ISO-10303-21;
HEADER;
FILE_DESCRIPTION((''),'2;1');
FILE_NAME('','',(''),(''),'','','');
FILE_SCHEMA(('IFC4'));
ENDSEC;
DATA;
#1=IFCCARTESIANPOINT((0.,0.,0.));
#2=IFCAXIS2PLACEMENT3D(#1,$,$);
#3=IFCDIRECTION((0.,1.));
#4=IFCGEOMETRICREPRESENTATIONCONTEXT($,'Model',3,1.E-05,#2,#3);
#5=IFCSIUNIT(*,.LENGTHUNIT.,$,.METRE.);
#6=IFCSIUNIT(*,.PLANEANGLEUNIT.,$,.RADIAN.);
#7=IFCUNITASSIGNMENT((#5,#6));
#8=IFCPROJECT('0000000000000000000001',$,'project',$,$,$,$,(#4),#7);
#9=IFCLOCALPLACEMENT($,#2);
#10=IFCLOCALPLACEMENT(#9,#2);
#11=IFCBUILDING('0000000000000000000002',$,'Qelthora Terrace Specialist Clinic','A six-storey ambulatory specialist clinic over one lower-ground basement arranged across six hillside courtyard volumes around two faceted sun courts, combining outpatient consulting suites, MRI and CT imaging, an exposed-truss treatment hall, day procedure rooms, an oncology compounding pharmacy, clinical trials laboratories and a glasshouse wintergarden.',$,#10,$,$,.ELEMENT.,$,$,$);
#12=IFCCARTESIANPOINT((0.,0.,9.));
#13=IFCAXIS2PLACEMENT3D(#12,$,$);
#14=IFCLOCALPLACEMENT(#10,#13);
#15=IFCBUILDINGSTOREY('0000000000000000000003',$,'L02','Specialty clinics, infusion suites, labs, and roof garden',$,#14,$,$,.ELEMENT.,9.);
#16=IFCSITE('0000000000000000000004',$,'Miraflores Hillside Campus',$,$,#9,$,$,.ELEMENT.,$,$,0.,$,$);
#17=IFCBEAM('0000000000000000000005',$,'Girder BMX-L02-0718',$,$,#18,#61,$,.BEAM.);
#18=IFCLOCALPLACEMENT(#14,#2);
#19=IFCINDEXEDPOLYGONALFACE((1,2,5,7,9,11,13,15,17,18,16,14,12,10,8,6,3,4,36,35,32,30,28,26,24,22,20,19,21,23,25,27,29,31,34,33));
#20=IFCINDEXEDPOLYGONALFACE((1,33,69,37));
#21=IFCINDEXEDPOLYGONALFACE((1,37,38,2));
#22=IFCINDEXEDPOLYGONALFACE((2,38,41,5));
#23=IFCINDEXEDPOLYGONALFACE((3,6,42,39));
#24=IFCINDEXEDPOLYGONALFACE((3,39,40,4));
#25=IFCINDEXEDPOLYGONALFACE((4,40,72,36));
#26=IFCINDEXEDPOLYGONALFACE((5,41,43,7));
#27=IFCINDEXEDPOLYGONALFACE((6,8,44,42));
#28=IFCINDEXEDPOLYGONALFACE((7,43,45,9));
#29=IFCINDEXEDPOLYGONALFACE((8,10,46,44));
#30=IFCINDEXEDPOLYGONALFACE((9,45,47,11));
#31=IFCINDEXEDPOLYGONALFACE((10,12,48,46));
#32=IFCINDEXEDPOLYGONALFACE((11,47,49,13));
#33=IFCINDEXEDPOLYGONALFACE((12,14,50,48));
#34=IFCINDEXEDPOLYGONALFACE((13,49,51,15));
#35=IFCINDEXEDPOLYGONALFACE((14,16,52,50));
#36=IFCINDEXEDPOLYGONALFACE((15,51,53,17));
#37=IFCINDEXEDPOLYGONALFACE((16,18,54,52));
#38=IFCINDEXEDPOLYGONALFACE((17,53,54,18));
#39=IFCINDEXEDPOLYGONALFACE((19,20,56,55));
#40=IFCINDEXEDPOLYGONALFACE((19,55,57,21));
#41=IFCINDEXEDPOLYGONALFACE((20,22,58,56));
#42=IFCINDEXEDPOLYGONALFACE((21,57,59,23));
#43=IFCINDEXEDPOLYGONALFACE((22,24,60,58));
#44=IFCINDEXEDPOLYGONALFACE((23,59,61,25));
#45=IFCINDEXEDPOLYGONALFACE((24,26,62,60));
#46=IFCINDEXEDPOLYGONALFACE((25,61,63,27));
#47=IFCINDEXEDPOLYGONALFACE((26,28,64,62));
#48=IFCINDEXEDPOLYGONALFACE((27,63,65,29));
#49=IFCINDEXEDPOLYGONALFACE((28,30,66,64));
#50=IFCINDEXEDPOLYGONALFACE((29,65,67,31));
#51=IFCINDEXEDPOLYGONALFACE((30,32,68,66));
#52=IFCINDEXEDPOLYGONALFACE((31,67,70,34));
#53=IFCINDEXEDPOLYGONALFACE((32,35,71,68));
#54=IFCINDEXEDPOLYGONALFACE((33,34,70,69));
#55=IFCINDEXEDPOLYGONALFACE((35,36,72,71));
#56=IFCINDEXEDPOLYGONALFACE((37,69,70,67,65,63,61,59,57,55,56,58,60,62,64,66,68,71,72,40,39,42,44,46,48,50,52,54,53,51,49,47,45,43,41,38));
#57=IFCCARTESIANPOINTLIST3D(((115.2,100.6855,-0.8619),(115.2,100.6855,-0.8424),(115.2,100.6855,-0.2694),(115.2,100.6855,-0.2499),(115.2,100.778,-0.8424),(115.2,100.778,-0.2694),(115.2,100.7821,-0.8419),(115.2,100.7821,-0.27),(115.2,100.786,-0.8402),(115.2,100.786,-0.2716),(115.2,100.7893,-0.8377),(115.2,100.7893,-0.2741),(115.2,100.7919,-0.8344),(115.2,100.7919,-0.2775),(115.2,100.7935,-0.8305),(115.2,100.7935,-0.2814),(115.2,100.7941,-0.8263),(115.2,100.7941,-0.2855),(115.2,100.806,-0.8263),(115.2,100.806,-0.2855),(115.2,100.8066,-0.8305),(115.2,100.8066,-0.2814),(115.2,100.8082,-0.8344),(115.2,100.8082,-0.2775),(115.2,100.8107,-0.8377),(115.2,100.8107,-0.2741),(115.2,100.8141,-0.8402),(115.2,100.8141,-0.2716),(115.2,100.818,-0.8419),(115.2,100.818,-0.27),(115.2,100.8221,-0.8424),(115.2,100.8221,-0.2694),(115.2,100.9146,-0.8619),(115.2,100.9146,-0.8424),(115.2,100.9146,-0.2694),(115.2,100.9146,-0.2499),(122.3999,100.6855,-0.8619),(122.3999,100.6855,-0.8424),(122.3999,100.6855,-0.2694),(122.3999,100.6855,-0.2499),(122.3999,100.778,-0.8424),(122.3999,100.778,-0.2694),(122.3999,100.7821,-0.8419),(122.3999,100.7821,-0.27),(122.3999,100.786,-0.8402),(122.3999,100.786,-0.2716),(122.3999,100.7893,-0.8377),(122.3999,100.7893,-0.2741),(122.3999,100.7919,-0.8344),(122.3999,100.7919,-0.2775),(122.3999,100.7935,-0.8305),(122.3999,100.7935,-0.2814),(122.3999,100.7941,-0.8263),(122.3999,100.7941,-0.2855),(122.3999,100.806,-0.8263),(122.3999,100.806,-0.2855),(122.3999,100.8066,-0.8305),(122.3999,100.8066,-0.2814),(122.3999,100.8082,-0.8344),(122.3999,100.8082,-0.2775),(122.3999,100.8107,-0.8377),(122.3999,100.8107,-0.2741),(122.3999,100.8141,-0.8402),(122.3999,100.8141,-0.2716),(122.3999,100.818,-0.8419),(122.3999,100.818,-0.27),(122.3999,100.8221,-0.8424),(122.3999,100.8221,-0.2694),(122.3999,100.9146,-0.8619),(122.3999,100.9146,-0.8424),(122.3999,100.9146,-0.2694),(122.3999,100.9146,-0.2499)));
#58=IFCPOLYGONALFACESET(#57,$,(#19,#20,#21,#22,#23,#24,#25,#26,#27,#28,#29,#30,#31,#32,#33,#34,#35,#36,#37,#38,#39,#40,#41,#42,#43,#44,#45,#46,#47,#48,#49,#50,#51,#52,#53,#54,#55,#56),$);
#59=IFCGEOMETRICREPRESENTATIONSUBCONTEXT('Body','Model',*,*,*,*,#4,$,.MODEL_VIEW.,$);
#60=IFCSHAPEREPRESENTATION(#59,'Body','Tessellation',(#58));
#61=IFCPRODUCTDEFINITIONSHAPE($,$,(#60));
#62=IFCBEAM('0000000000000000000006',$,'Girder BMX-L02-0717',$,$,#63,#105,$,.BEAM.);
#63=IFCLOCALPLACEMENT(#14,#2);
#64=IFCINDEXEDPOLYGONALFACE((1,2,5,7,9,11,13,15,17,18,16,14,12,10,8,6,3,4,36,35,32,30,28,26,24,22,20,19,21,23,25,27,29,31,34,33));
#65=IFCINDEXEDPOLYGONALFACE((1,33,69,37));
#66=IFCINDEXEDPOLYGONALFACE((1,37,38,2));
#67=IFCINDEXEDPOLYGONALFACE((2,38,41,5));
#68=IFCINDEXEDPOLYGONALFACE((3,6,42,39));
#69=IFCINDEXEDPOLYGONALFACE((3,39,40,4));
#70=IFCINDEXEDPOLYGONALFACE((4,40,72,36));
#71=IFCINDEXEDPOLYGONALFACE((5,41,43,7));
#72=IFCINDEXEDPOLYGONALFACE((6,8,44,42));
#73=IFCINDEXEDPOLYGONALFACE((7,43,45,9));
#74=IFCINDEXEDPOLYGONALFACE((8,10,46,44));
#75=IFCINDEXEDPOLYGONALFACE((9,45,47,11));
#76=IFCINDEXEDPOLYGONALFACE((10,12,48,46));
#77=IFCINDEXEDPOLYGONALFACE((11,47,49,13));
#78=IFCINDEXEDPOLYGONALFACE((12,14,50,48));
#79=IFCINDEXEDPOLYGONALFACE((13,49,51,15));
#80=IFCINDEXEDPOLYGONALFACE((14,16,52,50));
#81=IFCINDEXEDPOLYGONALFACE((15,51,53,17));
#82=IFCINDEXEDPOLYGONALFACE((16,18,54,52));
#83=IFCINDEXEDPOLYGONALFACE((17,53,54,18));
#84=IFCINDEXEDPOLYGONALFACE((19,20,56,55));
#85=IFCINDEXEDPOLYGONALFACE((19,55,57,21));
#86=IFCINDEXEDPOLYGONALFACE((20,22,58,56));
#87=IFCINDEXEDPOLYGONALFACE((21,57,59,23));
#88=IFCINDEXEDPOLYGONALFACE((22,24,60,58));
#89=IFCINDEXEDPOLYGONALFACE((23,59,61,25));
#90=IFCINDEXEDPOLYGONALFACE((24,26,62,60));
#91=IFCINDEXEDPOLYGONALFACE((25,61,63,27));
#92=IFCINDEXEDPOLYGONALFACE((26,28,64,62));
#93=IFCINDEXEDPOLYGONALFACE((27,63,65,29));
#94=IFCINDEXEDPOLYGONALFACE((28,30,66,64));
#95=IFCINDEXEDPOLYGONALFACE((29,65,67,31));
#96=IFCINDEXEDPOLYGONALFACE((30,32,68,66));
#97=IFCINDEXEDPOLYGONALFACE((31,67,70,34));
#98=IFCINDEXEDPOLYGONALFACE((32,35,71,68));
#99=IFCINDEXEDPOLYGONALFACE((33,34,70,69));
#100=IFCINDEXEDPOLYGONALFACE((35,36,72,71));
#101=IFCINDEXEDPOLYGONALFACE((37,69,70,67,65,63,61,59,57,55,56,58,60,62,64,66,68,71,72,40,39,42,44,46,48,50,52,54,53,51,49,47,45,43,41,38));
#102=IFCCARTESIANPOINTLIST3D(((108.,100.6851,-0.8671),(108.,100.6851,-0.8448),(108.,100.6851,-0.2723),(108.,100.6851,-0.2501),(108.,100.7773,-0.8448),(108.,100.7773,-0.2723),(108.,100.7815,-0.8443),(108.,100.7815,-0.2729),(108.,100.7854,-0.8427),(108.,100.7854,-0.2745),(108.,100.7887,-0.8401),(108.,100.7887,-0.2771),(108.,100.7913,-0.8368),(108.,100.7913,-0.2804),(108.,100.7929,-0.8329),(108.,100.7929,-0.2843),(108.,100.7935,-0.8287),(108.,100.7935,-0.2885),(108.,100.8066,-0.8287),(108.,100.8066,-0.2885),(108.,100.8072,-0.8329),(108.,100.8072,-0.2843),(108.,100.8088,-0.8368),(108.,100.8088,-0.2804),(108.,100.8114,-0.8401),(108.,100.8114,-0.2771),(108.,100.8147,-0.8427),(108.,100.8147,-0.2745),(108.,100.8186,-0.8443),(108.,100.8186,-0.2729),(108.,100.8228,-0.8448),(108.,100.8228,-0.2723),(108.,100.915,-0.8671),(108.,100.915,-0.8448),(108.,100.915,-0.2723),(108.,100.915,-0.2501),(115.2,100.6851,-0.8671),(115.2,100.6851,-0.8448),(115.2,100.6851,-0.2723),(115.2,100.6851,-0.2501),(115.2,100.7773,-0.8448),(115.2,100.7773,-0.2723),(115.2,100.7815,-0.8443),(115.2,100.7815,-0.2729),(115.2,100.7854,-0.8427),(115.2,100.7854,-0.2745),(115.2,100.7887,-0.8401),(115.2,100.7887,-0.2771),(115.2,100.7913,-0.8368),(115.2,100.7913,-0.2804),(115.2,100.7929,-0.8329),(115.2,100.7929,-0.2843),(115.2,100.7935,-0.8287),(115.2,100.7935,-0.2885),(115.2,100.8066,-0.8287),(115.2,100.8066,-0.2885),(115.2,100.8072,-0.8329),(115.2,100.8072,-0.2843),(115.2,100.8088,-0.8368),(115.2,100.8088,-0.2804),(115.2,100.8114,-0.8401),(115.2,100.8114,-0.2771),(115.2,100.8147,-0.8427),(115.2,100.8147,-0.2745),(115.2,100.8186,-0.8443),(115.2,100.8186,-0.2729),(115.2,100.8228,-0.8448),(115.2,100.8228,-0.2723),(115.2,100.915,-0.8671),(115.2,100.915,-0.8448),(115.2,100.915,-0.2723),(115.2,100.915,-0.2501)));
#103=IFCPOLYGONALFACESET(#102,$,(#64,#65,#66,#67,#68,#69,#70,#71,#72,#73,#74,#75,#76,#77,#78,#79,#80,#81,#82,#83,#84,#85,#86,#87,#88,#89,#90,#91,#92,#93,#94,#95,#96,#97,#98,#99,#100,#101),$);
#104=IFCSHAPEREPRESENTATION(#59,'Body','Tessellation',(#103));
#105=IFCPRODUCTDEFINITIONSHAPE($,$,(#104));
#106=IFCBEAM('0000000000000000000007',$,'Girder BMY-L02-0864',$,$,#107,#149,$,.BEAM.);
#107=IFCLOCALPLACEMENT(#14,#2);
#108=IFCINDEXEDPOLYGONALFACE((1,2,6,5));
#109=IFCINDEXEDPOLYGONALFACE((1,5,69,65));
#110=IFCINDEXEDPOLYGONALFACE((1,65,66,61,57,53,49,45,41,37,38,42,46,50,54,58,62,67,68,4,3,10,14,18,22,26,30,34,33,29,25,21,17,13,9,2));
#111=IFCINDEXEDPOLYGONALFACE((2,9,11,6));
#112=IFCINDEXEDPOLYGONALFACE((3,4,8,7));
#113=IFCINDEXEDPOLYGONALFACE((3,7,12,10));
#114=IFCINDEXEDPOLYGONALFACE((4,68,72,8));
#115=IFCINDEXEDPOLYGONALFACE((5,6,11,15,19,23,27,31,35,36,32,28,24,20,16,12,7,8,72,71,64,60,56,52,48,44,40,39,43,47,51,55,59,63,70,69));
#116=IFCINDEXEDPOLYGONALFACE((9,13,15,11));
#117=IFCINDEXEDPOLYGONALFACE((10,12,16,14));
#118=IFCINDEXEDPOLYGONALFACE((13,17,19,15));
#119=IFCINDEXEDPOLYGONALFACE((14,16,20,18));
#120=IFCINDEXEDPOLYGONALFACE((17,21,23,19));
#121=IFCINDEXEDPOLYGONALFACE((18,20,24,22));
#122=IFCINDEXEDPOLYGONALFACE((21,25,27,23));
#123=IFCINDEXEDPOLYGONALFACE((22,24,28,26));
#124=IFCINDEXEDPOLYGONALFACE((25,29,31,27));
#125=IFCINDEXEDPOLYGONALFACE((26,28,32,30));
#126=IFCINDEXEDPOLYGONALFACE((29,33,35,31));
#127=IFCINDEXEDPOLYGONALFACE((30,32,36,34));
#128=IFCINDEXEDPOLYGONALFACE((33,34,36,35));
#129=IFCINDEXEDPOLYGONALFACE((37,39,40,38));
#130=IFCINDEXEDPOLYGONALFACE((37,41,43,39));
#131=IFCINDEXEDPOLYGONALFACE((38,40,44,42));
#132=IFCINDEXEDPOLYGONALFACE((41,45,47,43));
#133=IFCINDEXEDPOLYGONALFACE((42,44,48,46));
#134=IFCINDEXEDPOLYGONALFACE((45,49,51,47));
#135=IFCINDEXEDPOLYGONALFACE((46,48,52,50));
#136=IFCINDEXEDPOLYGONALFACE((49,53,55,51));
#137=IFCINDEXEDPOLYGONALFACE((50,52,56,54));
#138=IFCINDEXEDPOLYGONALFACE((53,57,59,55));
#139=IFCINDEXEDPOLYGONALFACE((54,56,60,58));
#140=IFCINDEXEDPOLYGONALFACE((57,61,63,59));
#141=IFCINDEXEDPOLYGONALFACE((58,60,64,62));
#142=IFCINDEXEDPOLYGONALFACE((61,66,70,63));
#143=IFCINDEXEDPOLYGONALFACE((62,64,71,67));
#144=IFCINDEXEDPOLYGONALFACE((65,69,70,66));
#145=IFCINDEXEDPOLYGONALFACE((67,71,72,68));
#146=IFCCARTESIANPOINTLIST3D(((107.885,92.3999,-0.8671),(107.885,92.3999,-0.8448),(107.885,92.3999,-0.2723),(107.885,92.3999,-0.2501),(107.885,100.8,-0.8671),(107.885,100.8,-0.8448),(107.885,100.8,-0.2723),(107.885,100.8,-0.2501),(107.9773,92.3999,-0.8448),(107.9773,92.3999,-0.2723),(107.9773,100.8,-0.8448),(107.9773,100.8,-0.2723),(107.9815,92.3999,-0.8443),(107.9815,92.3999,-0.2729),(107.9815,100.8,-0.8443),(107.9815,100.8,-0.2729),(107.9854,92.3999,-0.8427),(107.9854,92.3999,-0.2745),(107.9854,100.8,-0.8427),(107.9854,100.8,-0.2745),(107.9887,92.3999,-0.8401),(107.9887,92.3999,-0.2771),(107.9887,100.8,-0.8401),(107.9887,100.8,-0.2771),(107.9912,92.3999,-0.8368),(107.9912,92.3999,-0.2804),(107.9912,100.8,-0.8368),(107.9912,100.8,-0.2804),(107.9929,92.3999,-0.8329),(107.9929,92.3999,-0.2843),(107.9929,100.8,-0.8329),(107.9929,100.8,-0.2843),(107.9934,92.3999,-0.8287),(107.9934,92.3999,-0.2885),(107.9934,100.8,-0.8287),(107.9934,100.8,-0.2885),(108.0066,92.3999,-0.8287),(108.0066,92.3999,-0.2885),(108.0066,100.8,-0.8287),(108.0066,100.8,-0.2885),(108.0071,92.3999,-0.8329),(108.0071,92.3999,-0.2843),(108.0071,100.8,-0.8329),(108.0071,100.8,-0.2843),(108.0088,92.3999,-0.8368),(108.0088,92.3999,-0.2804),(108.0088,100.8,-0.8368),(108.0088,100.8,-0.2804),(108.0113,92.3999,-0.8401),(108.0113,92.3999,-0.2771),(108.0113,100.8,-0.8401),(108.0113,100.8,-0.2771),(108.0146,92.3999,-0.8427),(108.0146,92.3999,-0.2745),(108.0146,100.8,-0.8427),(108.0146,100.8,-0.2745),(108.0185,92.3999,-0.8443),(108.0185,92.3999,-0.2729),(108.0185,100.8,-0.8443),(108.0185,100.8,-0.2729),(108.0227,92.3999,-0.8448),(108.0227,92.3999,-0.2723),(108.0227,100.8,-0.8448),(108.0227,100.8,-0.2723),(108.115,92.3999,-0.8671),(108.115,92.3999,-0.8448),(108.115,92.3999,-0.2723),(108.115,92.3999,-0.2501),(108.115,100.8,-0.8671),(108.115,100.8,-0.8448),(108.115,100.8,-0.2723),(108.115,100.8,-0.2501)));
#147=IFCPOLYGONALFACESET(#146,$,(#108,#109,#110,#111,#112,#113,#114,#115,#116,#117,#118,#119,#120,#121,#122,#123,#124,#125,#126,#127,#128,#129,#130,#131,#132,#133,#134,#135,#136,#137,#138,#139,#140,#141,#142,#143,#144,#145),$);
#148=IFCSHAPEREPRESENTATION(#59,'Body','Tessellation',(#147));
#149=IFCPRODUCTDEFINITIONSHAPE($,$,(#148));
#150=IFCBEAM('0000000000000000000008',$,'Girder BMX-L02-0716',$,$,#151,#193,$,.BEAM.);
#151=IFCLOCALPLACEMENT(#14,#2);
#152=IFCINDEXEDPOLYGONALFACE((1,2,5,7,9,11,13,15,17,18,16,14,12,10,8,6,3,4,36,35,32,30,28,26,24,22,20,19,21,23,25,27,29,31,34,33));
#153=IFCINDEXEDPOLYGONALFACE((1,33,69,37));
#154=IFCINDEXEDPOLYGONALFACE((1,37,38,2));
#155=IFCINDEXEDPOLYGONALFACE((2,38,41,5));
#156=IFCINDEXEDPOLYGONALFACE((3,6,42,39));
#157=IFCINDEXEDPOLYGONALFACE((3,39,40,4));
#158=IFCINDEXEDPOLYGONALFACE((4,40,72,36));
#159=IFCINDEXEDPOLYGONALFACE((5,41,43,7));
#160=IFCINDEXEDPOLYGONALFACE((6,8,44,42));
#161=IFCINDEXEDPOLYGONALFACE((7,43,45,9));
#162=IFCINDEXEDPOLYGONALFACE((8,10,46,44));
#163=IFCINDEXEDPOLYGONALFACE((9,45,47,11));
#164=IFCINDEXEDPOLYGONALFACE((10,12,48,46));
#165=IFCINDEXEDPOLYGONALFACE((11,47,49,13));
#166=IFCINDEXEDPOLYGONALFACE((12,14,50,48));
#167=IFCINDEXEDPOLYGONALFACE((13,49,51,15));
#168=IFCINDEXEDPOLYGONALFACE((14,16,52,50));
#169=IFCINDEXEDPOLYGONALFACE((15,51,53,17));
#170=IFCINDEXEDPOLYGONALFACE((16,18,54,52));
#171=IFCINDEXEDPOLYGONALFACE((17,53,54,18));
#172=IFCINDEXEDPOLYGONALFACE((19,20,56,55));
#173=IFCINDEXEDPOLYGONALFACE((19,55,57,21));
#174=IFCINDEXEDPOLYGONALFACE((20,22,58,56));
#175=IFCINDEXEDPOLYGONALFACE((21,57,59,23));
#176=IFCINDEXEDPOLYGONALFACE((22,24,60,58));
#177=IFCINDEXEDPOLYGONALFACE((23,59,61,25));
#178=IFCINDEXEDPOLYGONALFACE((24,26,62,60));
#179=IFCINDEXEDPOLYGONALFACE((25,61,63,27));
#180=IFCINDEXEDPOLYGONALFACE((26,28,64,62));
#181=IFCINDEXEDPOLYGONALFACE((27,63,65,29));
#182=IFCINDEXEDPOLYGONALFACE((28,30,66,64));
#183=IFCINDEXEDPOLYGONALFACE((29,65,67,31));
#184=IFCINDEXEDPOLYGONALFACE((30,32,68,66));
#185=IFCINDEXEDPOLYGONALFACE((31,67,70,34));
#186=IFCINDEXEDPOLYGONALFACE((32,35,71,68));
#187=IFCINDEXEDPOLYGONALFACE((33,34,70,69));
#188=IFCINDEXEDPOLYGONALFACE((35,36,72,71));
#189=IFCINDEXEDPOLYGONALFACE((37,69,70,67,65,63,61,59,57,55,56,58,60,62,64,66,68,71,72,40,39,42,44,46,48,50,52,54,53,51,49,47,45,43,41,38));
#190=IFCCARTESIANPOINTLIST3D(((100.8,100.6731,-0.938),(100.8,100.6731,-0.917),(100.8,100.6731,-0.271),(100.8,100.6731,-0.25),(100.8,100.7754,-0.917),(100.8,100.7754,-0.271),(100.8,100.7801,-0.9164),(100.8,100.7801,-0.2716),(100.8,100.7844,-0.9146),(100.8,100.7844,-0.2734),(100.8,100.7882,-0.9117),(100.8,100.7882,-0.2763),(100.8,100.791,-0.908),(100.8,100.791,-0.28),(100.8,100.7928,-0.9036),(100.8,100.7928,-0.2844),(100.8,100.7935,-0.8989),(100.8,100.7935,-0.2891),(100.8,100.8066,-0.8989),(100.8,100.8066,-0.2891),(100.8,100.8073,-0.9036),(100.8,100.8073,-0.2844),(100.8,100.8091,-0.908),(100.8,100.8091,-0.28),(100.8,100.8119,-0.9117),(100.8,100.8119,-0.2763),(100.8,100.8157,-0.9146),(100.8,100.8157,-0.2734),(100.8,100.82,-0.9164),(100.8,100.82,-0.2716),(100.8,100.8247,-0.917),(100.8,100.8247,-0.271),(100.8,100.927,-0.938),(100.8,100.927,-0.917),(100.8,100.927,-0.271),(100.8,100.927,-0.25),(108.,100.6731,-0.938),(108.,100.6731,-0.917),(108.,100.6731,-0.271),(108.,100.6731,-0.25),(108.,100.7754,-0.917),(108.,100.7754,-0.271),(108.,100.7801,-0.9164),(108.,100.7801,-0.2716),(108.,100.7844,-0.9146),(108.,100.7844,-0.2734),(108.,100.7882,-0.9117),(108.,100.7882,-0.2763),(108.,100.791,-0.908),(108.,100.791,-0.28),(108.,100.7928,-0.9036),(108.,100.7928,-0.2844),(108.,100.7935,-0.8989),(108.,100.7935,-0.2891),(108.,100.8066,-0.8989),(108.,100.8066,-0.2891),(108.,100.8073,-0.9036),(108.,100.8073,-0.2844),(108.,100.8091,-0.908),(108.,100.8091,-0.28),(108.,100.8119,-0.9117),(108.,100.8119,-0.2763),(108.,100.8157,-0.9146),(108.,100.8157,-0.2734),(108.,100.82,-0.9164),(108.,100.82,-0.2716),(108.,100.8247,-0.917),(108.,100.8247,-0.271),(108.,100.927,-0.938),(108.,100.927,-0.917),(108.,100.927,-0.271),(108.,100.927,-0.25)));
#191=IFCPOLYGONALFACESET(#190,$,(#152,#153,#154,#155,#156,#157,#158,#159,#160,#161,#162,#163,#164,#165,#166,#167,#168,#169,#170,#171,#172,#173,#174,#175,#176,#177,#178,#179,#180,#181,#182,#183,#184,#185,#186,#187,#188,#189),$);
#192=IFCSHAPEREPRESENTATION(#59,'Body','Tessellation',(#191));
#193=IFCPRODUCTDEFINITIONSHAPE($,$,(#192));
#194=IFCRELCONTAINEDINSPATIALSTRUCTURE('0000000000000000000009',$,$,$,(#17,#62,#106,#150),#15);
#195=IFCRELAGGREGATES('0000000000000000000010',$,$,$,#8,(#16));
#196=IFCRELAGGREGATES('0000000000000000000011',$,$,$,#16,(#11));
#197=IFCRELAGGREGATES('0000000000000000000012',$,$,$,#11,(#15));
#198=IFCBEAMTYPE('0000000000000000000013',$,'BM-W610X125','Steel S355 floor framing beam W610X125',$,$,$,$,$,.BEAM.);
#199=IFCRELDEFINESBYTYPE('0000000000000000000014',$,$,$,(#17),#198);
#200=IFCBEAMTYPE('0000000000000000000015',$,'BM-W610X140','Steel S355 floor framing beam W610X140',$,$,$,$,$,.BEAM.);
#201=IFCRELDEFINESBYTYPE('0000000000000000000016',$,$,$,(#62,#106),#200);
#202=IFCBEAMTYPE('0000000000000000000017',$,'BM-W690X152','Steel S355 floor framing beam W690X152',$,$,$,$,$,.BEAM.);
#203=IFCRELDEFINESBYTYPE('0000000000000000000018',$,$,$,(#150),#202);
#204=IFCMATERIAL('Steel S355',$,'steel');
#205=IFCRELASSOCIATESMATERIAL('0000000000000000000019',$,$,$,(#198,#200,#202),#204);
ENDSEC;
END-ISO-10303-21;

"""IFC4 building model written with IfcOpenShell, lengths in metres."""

from ifc_helpers import new_model, si_unit, direction, frame, origin, origin_2d, place, context, subcontext, project, spatial, i_section, extrude, material, material_profile, profile_set, type_object, element, save


model = new_model("IFC4")

# Units and contexts
model_context = context("Model", 3, precision=1e-05, world=origin(), true_north=direction((0.0, 1.0)))
body_context = subcontext(model_context, "Body", "Model", "MODEL_VIEW")
ifc_project = project(units=[si_unit("LENGTHUNIT", "METRE"), si_unit("PLANEANGLEUNIT", "RADIAN")], contexts=[model_context])

# Site, building, storey
site_placement = place(None, origin())
site = spatial("IfcSite", under=ifc_project, at=site_placement, Name="Miraflores Hillside Campus", CompositionType="ELEMENT", RefElevation=0.0)
building_placement = place(site_placement, origin())
building = spatial("IfcBuilding", under=site, at=building_placement, Name="Qelthora Terrace Specialist Clinic", Description="A six-storey ambulatory specialist clinic over one lower-ground basement arranged across six hillside courtyard volumes around two faceted sun courts, combining outpatient consulting suites, MRI and CT imaging, an exposed-truss treatment hall, day procedure rooms, an oncology compounding pharmacy, clinical trials laboratories and a glasshouse wintergarden.", CompositionType="ELEMENT")
storey_placement = place(building_placement, frame((0.0, 0.0, 9.0)))
storey = spatial("IfcBuildingStorey", under=building, at=storey_placement, Name="L02", Description="Specialty clinics, infusion suites, labs, and roof garden", CompositionType="ELEMENT", Elevation=9.0)

# Shared definitions
ifc_material_1 = material(Name="Steel S355", Category="steel")

# Beams
ifc_material_profile_1 = material_profile(ifc_material_1, i_section(OverallWidth=0.229, OverallDepth=0.6121, WebThickness=0.012, FlangeThickness=0.0195, FilletRadius=0.0161, at=origin_2d()), Name="W610X125")
ifc_profile_set_1 = profile_set([ifc_material_profile_1], Name="Steel S355")
beam_type_1 = type_object("IfcBeamType", Name="BM-W610X125", Description="Steel S355 floor framing beam W610X125", PredefinedType="BEAM", material=ifc_profile_set_1)
beam_1_placement = place(storey_placement, frame((115.2, 100.8, -0.5559), z_axis=(1.0, 0.0, 0.0), x_axis=(0.0, 1.0, 0.0)))
element("IfcBeam", 1, at=beam_1_placement, inside=storey, type_object=beam_type_1, Name="Girder BMX-L02-0718", PredefinedType="BEAM", context=body_context, shape_type="SweptSolid", body=[
    extrude(i_section(OverallWidth=0.229, OverallDepth=0.6121, WebThickness=0.012, FlangeThickness=0.0195, FilletRadius=0.0161, at=origin_2d()), origin(), (0.0, 0.0, 1.0), 7.2),
])
ifc_material_profile_2 = material_profile(ifc_material_1, i_section(OverallWidth=0.23, OverallDepth=0.6169, WebThickness=0.0132, FlangeThickness=0.0222, FilletRadius=0.0161, at=origin_2d()), Name="W610X140")
ifc_profile_set_2 = profile_set([ifc_material_profile_2], Name="Steel S355")
beam_type_2 = type_object("IfcBeamType", Name="BM-W610X140", Description="Steel S355 floor framing beam W610X140", PredefinedType="BEAM", material=ifc_profile_set_2)
beam_2_placement = place(storey_placement, frame((108.0, 100.8, -0.5586), z_axis=(1.0, 0.0, 0.0), x_axis=(0.0, 1.0, 0.0)))
element("IfcBeam", 2, at=beam_2_placement, inside=storey, type_object=beam_type_2, Name="Girder BMX-L02-0717", PredefinedType="BEAM", context=body_context, shape_type="SweptSolid", body=[
    extrude(i_section(OverallWidth=0.23, OverallDepth=0.6169, WebThickness=0.0132, FlangeThickness=0.0222, FilletRadius=0.0161, at=origin_2d()), origin(), (0.0, 0.0, 1.0), 7.2),
])
beam_3_placement = place(storey_placement, frame((108.0, 92.3999, -0.5586), z_axis=(0.0, 1.0, 0.0), x_axis=(-1.0, 0.0, 0.0)))
element("IfcBeam", 3, at=beam_3_placement, inside=storey, type_object=beam_type_2, Name="Girder BMY-L02-0864", PredefinedType="BEAM", context=body_context, shape_type="SweptSolid", body=[
    extrude(i_section(OverallWidth=0.23, OverallDepth=0.6169, WebThickness=0.0132, FlangeThickness=0.0222, FilletRadius=0.0161, at=origin_2d()), origin(), (0.0, 0.0, 1.0), 8.4001),
])
ifc_material_profile_3 = material_profile(ifc_material_1, i_section(OverallWidth=0.2539, OverallDepth=0.688, WebThickness=0.0132, FlangeThickness=0.021, FilletRadius=0.0181, at=origin_2d()), Name="W690X152")
ifc_profile_set_3 = profile_set([ifc_material_profile_3], Name="Steel S355")
beam_type_3 = type_object("IfcBeamType", Name="BM-W690X152", Description="Steel S355 floor framing beam W690X152", PredefinedType="BEAM", material=ifc_profile_set_3)
beam_4_placement = place(storey_placement, frame((100.8, 100.8, -0.594), z_axis=(1.0, 0.0, 0.0), x_axis=(0.0, 1.0, 0.0)))
element("IfcBeam", 4, at=beam_4_placement, inside=storey, type_object=beam_type_3, Name="Girder BMX-L02-0716", PredefinedType="BEAM", context=body_context, shape_type="SweptSolid", body=[
    extrude(i_section(OverallWidth=0.2539, OverallDepth=0.688, WebThickness=0.0132, FlangeThickness=0.021, FilletRadius=0.0181, at=origin_2d()), origin(), (0.0, 0.0, 1.0), 7.2),
])

save(model, "model.ifc")
